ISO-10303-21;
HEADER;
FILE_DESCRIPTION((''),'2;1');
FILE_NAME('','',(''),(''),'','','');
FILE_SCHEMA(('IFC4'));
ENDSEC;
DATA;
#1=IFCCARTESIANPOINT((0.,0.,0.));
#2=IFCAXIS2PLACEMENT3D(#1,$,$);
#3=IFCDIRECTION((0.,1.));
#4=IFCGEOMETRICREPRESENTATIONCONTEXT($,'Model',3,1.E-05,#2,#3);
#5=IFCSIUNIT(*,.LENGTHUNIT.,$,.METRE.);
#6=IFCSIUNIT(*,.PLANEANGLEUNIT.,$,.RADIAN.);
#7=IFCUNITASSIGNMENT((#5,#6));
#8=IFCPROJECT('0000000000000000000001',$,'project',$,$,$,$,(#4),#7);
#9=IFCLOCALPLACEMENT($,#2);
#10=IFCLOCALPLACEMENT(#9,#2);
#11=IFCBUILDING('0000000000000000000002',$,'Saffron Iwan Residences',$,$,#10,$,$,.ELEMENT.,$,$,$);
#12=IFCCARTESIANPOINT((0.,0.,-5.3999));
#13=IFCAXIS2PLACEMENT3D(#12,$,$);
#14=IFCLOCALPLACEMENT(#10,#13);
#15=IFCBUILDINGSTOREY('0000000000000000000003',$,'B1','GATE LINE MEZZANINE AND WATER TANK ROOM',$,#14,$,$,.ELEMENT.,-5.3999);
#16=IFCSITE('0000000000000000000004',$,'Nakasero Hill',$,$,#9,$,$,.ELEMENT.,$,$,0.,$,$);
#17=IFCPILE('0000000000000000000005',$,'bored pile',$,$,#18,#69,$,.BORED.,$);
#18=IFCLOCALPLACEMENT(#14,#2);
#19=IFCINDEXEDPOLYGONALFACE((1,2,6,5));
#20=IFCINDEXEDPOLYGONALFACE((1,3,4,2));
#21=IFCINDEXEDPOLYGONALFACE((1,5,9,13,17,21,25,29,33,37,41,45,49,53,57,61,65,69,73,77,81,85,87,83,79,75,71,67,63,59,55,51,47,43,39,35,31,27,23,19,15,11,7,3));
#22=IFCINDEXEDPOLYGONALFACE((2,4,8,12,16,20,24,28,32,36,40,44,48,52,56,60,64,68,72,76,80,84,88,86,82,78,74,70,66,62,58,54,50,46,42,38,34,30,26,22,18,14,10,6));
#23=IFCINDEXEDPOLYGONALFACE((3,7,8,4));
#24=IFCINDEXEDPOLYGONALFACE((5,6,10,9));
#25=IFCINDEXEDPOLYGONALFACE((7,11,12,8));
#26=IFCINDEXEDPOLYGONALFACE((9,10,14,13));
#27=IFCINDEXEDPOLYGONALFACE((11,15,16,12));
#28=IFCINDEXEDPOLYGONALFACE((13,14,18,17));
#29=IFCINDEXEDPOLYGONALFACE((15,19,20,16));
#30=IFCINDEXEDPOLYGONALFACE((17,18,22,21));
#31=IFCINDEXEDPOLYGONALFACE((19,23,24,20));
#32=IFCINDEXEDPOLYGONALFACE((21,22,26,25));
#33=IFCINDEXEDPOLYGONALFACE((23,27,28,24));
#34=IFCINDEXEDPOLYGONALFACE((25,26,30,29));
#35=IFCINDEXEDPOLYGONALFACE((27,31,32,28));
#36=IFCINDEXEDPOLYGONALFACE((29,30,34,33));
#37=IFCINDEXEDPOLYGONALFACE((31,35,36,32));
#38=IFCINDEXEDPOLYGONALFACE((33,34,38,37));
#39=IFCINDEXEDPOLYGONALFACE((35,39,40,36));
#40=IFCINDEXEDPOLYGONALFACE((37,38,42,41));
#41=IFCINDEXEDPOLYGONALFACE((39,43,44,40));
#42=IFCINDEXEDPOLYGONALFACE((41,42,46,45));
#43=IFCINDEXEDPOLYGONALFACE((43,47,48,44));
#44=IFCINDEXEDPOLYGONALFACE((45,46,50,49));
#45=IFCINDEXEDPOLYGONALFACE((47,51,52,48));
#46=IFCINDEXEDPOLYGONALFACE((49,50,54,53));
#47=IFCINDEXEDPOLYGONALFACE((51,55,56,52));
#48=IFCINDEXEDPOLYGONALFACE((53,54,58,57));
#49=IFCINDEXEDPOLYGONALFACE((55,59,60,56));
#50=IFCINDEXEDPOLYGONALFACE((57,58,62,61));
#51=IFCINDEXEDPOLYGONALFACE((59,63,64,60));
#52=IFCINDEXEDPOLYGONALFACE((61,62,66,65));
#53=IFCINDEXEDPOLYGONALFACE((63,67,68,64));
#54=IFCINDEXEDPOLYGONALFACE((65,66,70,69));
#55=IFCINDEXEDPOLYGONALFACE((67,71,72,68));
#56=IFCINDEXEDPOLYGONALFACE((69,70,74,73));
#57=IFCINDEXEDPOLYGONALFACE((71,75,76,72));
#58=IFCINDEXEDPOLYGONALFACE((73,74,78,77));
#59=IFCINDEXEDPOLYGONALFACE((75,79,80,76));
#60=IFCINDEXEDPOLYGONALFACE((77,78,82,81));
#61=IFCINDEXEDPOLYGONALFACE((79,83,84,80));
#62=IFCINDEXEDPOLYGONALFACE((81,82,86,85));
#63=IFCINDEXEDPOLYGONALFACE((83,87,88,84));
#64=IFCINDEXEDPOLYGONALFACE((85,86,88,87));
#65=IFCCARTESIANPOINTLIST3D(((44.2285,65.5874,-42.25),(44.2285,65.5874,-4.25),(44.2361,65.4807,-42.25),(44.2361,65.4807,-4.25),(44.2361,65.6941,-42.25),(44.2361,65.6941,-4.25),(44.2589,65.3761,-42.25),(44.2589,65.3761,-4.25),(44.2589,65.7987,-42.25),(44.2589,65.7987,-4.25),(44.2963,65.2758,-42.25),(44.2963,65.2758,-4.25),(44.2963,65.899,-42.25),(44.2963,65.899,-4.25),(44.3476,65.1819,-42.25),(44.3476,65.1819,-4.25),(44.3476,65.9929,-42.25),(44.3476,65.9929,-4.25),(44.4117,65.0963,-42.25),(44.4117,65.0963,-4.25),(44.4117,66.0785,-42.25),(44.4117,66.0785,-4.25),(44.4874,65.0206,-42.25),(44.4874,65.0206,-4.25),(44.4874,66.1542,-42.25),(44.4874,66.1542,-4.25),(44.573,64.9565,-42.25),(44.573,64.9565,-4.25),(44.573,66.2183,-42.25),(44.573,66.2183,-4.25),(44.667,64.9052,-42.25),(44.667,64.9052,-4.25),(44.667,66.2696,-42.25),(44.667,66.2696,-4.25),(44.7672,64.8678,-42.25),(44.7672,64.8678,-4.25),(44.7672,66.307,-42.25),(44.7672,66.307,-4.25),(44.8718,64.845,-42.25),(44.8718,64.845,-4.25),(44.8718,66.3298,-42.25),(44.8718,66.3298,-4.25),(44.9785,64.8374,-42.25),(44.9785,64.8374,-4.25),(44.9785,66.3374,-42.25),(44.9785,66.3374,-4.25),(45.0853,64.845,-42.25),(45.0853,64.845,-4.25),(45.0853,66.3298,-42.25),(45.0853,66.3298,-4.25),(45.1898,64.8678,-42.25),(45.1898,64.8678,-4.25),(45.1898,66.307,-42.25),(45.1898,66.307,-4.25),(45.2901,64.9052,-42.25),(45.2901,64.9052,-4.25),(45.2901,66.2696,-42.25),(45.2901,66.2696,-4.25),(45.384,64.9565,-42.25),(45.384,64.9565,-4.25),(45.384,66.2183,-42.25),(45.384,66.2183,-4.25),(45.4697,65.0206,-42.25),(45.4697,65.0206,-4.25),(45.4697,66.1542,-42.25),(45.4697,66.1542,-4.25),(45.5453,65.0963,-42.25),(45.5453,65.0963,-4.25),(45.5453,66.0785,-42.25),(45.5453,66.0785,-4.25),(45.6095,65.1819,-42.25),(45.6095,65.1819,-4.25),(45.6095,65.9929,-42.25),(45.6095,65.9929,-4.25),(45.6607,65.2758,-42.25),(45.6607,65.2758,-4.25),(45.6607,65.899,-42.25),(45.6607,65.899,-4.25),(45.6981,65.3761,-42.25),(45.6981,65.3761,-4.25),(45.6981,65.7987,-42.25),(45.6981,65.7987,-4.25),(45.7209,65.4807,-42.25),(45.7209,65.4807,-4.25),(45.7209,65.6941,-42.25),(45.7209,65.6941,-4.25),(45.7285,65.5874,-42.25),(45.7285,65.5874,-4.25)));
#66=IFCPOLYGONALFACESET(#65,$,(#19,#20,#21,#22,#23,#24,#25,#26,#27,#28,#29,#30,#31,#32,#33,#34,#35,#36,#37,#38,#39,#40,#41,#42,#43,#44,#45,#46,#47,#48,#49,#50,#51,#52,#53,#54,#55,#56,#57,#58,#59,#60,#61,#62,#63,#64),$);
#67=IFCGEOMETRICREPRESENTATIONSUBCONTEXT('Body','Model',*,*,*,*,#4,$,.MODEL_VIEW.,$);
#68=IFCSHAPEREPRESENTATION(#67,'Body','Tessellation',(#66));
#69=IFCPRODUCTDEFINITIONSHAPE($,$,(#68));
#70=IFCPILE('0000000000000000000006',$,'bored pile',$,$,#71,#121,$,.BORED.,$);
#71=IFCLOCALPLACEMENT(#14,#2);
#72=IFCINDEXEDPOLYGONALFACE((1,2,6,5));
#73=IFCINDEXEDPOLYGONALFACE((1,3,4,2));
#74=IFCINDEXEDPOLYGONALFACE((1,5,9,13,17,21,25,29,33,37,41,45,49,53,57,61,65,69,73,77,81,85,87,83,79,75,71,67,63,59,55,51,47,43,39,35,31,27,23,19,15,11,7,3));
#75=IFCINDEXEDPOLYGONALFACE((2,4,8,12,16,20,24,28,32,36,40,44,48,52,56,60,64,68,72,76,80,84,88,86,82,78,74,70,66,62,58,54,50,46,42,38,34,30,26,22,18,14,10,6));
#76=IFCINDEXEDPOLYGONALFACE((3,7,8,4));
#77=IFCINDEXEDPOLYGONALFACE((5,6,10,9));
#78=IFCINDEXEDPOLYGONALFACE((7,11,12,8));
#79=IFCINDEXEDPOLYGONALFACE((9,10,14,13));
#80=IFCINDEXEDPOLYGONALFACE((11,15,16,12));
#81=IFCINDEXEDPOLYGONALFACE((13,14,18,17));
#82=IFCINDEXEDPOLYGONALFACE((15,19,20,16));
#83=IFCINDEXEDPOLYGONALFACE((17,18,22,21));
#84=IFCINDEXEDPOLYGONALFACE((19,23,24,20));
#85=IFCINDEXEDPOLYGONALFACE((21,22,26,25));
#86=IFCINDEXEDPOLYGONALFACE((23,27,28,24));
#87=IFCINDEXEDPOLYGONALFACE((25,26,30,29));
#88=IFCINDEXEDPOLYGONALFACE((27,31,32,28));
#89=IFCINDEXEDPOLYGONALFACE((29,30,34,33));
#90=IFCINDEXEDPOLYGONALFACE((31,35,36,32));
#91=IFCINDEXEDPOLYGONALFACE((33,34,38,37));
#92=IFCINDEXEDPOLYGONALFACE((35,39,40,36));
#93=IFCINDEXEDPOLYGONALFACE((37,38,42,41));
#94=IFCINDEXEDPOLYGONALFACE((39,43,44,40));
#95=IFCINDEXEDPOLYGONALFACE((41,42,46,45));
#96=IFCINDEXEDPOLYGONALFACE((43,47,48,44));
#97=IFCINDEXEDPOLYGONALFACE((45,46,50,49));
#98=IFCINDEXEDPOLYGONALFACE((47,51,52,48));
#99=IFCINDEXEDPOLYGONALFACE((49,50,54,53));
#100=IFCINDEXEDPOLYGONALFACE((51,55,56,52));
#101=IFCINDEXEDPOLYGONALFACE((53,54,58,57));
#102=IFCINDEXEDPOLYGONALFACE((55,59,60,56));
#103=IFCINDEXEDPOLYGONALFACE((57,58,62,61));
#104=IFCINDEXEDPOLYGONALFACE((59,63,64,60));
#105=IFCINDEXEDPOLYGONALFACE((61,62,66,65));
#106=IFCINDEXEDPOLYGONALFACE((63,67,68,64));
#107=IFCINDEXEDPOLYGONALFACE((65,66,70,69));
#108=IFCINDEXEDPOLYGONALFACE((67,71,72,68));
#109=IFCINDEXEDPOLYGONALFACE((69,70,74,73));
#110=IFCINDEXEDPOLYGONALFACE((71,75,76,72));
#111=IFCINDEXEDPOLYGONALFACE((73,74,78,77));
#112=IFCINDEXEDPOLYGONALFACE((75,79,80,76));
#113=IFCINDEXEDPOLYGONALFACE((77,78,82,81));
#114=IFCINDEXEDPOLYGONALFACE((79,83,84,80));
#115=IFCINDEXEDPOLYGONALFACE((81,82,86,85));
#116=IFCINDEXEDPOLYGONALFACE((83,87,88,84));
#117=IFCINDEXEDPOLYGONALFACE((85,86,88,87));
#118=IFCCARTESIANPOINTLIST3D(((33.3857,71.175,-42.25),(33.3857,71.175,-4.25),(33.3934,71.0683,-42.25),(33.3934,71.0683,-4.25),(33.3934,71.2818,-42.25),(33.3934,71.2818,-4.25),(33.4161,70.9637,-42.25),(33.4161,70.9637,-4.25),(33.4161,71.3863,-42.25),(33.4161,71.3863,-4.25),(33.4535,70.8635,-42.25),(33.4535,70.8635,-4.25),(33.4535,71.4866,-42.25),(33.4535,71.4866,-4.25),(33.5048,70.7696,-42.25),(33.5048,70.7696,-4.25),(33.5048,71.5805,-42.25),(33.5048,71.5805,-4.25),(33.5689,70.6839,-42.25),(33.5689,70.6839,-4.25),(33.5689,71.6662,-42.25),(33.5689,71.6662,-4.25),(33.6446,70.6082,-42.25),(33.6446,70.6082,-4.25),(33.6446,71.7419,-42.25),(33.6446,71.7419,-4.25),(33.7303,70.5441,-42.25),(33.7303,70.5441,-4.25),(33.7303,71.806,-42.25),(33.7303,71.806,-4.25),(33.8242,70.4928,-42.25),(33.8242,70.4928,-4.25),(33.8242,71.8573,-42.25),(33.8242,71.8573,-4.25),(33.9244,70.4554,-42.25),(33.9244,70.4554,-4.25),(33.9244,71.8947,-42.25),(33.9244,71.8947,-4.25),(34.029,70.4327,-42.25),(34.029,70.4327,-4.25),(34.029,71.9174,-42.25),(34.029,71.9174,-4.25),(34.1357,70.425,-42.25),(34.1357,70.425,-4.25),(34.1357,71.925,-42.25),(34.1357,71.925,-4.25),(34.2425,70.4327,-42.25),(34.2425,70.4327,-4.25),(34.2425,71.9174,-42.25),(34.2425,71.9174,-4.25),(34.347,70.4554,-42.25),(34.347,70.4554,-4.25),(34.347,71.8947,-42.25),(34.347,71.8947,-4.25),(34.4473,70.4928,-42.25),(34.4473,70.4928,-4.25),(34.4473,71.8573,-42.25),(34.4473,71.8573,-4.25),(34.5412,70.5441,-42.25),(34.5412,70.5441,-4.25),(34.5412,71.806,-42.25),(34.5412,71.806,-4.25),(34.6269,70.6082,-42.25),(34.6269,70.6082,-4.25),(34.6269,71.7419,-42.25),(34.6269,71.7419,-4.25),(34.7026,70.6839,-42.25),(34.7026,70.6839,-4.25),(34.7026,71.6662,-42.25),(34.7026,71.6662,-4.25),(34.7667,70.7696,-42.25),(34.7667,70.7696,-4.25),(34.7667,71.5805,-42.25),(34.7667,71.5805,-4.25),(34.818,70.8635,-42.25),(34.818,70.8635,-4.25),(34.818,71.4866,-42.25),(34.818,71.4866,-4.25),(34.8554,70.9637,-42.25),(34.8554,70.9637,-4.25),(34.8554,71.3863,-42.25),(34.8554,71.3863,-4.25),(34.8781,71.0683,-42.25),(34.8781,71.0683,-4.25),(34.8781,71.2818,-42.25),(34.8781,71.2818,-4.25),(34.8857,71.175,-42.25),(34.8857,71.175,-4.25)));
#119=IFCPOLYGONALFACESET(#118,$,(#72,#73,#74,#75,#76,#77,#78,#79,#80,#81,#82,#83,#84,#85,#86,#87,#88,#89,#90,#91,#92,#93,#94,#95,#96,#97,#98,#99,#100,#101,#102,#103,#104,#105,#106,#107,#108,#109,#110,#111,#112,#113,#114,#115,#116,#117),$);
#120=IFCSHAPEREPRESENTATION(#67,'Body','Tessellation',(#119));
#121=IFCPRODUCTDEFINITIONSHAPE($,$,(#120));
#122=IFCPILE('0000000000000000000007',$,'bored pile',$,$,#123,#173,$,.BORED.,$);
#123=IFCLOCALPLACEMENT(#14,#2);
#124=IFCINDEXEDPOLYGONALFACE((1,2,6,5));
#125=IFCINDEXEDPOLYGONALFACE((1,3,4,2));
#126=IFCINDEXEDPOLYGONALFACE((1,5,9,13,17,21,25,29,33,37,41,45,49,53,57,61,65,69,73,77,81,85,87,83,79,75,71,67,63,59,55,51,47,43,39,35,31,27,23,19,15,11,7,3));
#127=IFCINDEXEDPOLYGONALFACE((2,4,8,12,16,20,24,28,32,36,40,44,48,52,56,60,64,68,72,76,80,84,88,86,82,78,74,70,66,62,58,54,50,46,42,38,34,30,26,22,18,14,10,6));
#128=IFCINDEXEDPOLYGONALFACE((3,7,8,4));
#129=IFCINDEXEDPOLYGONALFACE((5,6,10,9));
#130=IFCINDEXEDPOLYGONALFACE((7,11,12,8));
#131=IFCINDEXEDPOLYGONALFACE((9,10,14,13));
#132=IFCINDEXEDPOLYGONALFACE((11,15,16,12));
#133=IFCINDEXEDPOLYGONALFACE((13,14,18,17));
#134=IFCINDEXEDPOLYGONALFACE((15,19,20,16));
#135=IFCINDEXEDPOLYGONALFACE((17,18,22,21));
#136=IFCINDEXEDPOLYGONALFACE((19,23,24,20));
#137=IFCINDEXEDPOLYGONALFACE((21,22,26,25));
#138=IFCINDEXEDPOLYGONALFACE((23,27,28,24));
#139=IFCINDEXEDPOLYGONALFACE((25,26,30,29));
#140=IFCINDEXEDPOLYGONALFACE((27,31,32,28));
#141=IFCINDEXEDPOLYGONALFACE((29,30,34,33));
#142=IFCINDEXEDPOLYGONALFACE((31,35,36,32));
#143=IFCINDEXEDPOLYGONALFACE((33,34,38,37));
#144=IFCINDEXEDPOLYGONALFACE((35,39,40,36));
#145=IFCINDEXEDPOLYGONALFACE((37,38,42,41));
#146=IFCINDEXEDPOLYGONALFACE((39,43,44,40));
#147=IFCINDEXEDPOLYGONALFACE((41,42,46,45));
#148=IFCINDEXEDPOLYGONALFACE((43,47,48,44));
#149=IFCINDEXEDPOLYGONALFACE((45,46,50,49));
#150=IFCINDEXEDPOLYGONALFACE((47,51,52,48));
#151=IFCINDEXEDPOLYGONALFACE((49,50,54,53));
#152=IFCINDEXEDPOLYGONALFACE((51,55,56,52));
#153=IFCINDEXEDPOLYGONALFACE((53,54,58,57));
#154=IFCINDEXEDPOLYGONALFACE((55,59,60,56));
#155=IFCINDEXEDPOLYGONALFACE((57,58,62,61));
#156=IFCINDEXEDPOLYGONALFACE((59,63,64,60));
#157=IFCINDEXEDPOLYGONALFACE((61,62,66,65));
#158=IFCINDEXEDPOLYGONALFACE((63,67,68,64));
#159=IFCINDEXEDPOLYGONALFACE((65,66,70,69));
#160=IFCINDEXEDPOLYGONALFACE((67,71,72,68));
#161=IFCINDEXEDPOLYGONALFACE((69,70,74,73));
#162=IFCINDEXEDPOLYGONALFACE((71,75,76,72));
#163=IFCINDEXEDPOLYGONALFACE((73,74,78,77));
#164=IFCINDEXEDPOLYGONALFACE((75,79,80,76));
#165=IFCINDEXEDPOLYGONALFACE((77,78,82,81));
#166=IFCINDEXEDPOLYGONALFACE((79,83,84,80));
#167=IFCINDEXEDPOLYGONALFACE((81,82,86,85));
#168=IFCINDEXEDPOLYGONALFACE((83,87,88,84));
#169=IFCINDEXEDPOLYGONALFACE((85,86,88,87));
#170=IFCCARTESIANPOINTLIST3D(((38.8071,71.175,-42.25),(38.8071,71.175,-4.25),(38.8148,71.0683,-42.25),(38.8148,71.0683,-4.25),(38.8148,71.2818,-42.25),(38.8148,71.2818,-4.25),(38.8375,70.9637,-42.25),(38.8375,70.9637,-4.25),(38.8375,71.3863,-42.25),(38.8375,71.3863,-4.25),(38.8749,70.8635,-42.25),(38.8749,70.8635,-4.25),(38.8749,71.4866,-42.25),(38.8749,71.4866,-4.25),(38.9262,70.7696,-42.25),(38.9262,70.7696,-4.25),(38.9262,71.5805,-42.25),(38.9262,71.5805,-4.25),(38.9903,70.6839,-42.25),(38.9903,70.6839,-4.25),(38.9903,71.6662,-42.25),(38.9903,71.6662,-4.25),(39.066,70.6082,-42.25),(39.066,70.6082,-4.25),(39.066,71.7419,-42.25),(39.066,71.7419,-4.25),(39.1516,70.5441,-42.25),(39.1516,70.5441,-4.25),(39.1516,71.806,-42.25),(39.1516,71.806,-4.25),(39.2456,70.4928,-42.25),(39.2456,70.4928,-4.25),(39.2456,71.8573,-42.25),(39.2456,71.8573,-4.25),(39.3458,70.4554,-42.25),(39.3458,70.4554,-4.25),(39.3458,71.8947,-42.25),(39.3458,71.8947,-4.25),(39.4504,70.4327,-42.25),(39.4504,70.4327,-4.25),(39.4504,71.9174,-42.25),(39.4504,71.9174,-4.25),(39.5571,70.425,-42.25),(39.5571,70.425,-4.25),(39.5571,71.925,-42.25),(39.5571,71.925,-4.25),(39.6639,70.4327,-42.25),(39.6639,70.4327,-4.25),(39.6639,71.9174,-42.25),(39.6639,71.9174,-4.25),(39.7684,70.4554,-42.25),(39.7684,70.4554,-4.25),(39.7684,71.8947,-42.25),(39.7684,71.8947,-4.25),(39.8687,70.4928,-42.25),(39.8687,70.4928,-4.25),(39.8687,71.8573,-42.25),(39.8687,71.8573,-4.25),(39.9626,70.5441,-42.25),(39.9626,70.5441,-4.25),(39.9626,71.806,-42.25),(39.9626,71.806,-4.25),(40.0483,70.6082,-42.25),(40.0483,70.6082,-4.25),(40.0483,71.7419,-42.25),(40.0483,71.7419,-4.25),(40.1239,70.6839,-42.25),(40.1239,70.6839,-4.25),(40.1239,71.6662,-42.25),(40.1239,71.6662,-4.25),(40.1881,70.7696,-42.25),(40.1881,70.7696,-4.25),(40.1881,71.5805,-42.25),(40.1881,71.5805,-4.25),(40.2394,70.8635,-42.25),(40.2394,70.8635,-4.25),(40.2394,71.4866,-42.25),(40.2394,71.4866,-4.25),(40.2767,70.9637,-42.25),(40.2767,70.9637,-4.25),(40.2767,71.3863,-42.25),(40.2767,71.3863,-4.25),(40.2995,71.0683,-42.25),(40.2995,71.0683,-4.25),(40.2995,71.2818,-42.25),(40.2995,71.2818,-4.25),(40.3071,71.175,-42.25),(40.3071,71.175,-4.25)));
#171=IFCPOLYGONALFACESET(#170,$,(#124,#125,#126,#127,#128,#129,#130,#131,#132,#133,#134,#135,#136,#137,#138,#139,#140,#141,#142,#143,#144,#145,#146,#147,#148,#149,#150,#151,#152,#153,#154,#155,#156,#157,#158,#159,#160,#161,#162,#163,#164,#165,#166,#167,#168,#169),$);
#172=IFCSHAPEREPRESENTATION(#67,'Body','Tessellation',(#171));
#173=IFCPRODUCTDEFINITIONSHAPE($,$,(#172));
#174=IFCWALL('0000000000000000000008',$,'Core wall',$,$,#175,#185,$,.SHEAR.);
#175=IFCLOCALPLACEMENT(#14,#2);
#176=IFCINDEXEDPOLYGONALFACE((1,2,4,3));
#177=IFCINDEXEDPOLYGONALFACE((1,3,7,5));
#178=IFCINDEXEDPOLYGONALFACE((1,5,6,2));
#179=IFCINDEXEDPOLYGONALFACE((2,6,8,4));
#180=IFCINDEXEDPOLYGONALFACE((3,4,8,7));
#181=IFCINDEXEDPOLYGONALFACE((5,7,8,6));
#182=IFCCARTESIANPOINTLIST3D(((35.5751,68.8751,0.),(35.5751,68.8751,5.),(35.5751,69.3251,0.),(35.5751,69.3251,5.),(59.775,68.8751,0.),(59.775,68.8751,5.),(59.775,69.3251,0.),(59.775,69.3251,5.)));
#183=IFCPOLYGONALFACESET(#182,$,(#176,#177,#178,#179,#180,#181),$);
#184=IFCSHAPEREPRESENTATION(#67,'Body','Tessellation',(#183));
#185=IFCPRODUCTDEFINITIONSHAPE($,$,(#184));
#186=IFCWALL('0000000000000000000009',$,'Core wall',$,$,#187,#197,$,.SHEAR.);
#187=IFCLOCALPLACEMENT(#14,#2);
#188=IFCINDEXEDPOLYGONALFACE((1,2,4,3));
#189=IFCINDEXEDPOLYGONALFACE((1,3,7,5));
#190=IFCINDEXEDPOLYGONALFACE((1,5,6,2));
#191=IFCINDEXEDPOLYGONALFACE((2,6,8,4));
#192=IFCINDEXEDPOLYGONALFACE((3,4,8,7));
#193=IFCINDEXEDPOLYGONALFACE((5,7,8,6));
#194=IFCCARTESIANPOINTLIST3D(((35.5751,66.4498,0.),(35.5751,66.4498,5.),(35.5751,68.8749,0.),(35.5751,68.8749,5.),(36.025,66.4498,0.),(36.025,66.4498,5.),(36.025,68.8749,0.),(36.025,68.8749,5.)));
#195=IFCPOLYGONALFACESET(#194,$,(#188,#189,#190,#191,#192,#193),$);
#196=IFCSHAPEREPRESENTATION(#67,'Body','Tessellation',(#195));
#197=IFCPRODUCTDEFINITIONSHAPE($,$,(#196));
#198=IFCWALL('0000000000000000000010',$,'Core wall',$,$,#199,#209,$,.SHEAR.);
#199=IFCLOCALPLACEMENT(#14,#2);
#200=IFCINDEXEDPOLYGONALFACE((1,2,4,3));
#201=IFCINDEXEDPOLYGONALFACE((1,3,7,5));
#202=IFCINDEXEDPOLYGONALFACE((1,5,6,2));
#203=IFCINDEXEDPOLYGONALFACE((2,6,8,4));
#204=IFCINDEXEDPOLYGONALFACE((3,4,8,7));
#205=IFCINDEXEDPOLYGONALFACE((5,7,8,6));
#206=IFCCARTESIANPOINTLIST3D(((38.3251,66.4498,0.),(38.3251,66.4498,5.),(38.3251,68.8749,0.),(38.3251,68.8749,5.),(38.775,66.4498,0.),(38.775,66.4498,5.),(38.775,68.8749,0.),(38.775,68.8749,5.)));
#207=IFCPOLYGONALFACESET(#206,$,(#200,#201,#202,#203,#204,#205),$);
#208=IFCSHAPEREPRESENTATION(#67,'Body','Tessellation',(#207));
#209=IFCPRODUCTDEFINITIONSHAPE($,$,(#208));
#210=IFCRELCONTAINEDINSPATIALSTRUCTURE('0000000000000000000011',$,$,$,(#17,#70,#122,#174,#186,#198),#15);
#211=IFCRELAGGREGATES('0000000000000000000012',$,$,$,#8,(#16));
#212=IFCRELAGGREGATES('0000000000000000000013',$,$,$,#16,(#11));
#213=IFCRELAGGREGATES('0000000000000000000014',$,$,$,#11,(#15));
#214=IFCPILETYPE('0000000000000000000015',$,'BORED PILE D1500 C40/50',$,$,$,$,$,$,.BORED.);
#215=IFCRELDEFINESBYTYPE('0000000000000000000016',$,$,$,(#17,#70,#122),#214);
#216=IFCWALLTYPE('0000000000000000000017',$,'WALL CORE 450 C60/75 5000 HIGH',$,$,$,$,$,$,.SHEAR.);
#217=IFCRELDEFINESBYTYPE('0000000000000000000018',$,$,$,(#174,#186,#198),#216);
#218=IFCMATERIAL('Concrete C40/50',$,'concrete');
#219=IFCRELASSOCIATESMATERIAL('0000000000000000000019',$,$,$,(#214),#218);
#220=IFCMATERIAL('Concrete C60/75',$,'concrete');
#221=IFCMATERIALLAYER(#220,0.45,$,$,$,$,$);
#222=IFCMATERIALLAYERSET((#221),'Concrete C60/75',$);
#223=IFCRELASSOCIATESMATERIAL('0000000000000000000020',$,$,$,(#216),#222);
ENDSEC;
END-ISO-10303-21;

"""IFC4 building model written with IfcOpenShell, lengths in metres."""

from ifc_helpers import new_model, si_unit, direction, frame, frame_2d, origin, origin_2d, place, context, subcontext, project, spatial, rectangle, circle, extrude, material, layer, layer_set, material_profile, profile_set, type_object, element, save


model = new_model("IFC4")

# Units and contexts
model_context = context("Model", 3, precision=1e-05, world=origin(), true_north=direction((0.0, 1.0)))
body_context = subcontext(model_context, "Body", "Model", "MODEL_VIEW")
ifc_project = project(units=[si_unit("LENGTHUNIT", "METRE"), si_unit("PLANEANGLEUNIT", "RADIAN")], contexts=[model_context])

# Site, building, storey
site_placement = place(None, origin())
site = spatial("IfcSite", under=ifc_project, at=site_placement, Name="Nakasero Hill", CompositionType="ELEMENT", RefElevation=0.0)
building_placement = place(site_placement, origin())
building = spatial("IfcBuilding", under=site, at=building_placement, Name="Saffron Iwan Residences", CompositionType="ELEMENT")
storey_placement = place(building_placement, frame((0.0, 0.0, -5.3999)))
storey = spatial("IfcBuildingStorey", under=building, at=storey_placement, Name="B1", Description="GATE LINE MEZZANINE AND WATER TANK ROOM", CompositionType="ELEMENT", Elevation=-5.3999)

# Piles
ifc_material_1 = material(Name="Concrete C40/50", Category="concrete")
ifc_material_profile = material_profile(ifc_material_1, circle(Radius=0.75, at=origin_2d()), Name="RC D1500")
ifc_profile_set = profile_set([ifc_material_profile], Name="Concrete C40/50")
pile_type = type_object("IfcPileType", Name="BORED PILE D1500 C40/50", PredefinedType="BORED", material=ifc_profile_set)
for number, where, z_axis, x_axis, name in (
    (1, (44.9785, 65.5874, -4.25), (0.0, 0.0, -1.0), (1.0, 0.0, 0.0), "bored pile"),
    (2, (34.1357, 71.175, -4.25), (0.0, 0.0, -1.0), (1.0, 0.0, 0.0), "bored pile"),
    (3, (39.5571, 71.175, -4.25), (0.0, 0.0, -1.0), (1.0, 0.0, 0.0), "bored pile"),
):
    element("IfcPile", number, at=place(storey_placement, frame(where, z_axis=z_axis, x_axis=x_axis)), inside=storey, type_object=pile_type, Name=name, PredefinedType="BORED", context=body_context, shape_type="SweptSolid", body=[
        extrude(circle(Radius=0.75, at=origin_2d()), origin(), (0.0, 0.0, 1.0), 38.0),
    ])

# Walls
ifc_material_2 = material(Name="Concrete C60/75", Category="concrete")
ifc_layer = layer(ifc_material_2, 0.45)
ifc_layer_set = layer_set([ifc_layer], Name="Concrete C60/75")
wall_type = type_object("IfcWallType", Name="WALL CORE 450 C60/75 5000 HIGH", PredefinedType="SHEAR", material=ifc_layer_set)
wall_placement = place(storey_placement, frame((35.575, 69.1001, 0.0), z_axis=(0.0, 0.0, 1.0), x_axis=(1.0, 0.0, 0.0)))
element("IfcWall", 4, at=wall_placement, inside=storey, type_object=wall_type, Name="Core wall", PredefinedType="SHEAR", context=body_context, shape_type="SweptSolid", body=[
    extrude(rectangle(XDim=24.2, YDim=0.45, at=frame_2d((12.1001, 0.0))), origin(), (0.0, 0.0, 1.0), 5.0),
])
for number, where, z_axis, x_axis, name in (
    (5, (35.8, 66.45, 0.0), (0.0, 0.0, 1.0), (0.0, 1.0, 0.0), "Core wall"),
    (6, (38.55, 66.45, 0.0), (0.0, 0.0, 1.0), (0.0, 1.0, 0.0), "Core wall"),
):
    element("IfcWall", number, at=place(storey_placement, frame(where, z_axis=z_axis, x_axis=x_axis)), inside=storey, type_object=wall_type, Name=name, PredefinedType="SHEAR", context=body_context, shape_type="SweptSolid", body=[
        extrude(rectangle(XDim=2.425, YDim=0.45, at=frame_2d((1.2124, 0.0))), origin(), (0.0, 0.0, 1.0), 5.0),
    ])

save(model, "model.ifc")
